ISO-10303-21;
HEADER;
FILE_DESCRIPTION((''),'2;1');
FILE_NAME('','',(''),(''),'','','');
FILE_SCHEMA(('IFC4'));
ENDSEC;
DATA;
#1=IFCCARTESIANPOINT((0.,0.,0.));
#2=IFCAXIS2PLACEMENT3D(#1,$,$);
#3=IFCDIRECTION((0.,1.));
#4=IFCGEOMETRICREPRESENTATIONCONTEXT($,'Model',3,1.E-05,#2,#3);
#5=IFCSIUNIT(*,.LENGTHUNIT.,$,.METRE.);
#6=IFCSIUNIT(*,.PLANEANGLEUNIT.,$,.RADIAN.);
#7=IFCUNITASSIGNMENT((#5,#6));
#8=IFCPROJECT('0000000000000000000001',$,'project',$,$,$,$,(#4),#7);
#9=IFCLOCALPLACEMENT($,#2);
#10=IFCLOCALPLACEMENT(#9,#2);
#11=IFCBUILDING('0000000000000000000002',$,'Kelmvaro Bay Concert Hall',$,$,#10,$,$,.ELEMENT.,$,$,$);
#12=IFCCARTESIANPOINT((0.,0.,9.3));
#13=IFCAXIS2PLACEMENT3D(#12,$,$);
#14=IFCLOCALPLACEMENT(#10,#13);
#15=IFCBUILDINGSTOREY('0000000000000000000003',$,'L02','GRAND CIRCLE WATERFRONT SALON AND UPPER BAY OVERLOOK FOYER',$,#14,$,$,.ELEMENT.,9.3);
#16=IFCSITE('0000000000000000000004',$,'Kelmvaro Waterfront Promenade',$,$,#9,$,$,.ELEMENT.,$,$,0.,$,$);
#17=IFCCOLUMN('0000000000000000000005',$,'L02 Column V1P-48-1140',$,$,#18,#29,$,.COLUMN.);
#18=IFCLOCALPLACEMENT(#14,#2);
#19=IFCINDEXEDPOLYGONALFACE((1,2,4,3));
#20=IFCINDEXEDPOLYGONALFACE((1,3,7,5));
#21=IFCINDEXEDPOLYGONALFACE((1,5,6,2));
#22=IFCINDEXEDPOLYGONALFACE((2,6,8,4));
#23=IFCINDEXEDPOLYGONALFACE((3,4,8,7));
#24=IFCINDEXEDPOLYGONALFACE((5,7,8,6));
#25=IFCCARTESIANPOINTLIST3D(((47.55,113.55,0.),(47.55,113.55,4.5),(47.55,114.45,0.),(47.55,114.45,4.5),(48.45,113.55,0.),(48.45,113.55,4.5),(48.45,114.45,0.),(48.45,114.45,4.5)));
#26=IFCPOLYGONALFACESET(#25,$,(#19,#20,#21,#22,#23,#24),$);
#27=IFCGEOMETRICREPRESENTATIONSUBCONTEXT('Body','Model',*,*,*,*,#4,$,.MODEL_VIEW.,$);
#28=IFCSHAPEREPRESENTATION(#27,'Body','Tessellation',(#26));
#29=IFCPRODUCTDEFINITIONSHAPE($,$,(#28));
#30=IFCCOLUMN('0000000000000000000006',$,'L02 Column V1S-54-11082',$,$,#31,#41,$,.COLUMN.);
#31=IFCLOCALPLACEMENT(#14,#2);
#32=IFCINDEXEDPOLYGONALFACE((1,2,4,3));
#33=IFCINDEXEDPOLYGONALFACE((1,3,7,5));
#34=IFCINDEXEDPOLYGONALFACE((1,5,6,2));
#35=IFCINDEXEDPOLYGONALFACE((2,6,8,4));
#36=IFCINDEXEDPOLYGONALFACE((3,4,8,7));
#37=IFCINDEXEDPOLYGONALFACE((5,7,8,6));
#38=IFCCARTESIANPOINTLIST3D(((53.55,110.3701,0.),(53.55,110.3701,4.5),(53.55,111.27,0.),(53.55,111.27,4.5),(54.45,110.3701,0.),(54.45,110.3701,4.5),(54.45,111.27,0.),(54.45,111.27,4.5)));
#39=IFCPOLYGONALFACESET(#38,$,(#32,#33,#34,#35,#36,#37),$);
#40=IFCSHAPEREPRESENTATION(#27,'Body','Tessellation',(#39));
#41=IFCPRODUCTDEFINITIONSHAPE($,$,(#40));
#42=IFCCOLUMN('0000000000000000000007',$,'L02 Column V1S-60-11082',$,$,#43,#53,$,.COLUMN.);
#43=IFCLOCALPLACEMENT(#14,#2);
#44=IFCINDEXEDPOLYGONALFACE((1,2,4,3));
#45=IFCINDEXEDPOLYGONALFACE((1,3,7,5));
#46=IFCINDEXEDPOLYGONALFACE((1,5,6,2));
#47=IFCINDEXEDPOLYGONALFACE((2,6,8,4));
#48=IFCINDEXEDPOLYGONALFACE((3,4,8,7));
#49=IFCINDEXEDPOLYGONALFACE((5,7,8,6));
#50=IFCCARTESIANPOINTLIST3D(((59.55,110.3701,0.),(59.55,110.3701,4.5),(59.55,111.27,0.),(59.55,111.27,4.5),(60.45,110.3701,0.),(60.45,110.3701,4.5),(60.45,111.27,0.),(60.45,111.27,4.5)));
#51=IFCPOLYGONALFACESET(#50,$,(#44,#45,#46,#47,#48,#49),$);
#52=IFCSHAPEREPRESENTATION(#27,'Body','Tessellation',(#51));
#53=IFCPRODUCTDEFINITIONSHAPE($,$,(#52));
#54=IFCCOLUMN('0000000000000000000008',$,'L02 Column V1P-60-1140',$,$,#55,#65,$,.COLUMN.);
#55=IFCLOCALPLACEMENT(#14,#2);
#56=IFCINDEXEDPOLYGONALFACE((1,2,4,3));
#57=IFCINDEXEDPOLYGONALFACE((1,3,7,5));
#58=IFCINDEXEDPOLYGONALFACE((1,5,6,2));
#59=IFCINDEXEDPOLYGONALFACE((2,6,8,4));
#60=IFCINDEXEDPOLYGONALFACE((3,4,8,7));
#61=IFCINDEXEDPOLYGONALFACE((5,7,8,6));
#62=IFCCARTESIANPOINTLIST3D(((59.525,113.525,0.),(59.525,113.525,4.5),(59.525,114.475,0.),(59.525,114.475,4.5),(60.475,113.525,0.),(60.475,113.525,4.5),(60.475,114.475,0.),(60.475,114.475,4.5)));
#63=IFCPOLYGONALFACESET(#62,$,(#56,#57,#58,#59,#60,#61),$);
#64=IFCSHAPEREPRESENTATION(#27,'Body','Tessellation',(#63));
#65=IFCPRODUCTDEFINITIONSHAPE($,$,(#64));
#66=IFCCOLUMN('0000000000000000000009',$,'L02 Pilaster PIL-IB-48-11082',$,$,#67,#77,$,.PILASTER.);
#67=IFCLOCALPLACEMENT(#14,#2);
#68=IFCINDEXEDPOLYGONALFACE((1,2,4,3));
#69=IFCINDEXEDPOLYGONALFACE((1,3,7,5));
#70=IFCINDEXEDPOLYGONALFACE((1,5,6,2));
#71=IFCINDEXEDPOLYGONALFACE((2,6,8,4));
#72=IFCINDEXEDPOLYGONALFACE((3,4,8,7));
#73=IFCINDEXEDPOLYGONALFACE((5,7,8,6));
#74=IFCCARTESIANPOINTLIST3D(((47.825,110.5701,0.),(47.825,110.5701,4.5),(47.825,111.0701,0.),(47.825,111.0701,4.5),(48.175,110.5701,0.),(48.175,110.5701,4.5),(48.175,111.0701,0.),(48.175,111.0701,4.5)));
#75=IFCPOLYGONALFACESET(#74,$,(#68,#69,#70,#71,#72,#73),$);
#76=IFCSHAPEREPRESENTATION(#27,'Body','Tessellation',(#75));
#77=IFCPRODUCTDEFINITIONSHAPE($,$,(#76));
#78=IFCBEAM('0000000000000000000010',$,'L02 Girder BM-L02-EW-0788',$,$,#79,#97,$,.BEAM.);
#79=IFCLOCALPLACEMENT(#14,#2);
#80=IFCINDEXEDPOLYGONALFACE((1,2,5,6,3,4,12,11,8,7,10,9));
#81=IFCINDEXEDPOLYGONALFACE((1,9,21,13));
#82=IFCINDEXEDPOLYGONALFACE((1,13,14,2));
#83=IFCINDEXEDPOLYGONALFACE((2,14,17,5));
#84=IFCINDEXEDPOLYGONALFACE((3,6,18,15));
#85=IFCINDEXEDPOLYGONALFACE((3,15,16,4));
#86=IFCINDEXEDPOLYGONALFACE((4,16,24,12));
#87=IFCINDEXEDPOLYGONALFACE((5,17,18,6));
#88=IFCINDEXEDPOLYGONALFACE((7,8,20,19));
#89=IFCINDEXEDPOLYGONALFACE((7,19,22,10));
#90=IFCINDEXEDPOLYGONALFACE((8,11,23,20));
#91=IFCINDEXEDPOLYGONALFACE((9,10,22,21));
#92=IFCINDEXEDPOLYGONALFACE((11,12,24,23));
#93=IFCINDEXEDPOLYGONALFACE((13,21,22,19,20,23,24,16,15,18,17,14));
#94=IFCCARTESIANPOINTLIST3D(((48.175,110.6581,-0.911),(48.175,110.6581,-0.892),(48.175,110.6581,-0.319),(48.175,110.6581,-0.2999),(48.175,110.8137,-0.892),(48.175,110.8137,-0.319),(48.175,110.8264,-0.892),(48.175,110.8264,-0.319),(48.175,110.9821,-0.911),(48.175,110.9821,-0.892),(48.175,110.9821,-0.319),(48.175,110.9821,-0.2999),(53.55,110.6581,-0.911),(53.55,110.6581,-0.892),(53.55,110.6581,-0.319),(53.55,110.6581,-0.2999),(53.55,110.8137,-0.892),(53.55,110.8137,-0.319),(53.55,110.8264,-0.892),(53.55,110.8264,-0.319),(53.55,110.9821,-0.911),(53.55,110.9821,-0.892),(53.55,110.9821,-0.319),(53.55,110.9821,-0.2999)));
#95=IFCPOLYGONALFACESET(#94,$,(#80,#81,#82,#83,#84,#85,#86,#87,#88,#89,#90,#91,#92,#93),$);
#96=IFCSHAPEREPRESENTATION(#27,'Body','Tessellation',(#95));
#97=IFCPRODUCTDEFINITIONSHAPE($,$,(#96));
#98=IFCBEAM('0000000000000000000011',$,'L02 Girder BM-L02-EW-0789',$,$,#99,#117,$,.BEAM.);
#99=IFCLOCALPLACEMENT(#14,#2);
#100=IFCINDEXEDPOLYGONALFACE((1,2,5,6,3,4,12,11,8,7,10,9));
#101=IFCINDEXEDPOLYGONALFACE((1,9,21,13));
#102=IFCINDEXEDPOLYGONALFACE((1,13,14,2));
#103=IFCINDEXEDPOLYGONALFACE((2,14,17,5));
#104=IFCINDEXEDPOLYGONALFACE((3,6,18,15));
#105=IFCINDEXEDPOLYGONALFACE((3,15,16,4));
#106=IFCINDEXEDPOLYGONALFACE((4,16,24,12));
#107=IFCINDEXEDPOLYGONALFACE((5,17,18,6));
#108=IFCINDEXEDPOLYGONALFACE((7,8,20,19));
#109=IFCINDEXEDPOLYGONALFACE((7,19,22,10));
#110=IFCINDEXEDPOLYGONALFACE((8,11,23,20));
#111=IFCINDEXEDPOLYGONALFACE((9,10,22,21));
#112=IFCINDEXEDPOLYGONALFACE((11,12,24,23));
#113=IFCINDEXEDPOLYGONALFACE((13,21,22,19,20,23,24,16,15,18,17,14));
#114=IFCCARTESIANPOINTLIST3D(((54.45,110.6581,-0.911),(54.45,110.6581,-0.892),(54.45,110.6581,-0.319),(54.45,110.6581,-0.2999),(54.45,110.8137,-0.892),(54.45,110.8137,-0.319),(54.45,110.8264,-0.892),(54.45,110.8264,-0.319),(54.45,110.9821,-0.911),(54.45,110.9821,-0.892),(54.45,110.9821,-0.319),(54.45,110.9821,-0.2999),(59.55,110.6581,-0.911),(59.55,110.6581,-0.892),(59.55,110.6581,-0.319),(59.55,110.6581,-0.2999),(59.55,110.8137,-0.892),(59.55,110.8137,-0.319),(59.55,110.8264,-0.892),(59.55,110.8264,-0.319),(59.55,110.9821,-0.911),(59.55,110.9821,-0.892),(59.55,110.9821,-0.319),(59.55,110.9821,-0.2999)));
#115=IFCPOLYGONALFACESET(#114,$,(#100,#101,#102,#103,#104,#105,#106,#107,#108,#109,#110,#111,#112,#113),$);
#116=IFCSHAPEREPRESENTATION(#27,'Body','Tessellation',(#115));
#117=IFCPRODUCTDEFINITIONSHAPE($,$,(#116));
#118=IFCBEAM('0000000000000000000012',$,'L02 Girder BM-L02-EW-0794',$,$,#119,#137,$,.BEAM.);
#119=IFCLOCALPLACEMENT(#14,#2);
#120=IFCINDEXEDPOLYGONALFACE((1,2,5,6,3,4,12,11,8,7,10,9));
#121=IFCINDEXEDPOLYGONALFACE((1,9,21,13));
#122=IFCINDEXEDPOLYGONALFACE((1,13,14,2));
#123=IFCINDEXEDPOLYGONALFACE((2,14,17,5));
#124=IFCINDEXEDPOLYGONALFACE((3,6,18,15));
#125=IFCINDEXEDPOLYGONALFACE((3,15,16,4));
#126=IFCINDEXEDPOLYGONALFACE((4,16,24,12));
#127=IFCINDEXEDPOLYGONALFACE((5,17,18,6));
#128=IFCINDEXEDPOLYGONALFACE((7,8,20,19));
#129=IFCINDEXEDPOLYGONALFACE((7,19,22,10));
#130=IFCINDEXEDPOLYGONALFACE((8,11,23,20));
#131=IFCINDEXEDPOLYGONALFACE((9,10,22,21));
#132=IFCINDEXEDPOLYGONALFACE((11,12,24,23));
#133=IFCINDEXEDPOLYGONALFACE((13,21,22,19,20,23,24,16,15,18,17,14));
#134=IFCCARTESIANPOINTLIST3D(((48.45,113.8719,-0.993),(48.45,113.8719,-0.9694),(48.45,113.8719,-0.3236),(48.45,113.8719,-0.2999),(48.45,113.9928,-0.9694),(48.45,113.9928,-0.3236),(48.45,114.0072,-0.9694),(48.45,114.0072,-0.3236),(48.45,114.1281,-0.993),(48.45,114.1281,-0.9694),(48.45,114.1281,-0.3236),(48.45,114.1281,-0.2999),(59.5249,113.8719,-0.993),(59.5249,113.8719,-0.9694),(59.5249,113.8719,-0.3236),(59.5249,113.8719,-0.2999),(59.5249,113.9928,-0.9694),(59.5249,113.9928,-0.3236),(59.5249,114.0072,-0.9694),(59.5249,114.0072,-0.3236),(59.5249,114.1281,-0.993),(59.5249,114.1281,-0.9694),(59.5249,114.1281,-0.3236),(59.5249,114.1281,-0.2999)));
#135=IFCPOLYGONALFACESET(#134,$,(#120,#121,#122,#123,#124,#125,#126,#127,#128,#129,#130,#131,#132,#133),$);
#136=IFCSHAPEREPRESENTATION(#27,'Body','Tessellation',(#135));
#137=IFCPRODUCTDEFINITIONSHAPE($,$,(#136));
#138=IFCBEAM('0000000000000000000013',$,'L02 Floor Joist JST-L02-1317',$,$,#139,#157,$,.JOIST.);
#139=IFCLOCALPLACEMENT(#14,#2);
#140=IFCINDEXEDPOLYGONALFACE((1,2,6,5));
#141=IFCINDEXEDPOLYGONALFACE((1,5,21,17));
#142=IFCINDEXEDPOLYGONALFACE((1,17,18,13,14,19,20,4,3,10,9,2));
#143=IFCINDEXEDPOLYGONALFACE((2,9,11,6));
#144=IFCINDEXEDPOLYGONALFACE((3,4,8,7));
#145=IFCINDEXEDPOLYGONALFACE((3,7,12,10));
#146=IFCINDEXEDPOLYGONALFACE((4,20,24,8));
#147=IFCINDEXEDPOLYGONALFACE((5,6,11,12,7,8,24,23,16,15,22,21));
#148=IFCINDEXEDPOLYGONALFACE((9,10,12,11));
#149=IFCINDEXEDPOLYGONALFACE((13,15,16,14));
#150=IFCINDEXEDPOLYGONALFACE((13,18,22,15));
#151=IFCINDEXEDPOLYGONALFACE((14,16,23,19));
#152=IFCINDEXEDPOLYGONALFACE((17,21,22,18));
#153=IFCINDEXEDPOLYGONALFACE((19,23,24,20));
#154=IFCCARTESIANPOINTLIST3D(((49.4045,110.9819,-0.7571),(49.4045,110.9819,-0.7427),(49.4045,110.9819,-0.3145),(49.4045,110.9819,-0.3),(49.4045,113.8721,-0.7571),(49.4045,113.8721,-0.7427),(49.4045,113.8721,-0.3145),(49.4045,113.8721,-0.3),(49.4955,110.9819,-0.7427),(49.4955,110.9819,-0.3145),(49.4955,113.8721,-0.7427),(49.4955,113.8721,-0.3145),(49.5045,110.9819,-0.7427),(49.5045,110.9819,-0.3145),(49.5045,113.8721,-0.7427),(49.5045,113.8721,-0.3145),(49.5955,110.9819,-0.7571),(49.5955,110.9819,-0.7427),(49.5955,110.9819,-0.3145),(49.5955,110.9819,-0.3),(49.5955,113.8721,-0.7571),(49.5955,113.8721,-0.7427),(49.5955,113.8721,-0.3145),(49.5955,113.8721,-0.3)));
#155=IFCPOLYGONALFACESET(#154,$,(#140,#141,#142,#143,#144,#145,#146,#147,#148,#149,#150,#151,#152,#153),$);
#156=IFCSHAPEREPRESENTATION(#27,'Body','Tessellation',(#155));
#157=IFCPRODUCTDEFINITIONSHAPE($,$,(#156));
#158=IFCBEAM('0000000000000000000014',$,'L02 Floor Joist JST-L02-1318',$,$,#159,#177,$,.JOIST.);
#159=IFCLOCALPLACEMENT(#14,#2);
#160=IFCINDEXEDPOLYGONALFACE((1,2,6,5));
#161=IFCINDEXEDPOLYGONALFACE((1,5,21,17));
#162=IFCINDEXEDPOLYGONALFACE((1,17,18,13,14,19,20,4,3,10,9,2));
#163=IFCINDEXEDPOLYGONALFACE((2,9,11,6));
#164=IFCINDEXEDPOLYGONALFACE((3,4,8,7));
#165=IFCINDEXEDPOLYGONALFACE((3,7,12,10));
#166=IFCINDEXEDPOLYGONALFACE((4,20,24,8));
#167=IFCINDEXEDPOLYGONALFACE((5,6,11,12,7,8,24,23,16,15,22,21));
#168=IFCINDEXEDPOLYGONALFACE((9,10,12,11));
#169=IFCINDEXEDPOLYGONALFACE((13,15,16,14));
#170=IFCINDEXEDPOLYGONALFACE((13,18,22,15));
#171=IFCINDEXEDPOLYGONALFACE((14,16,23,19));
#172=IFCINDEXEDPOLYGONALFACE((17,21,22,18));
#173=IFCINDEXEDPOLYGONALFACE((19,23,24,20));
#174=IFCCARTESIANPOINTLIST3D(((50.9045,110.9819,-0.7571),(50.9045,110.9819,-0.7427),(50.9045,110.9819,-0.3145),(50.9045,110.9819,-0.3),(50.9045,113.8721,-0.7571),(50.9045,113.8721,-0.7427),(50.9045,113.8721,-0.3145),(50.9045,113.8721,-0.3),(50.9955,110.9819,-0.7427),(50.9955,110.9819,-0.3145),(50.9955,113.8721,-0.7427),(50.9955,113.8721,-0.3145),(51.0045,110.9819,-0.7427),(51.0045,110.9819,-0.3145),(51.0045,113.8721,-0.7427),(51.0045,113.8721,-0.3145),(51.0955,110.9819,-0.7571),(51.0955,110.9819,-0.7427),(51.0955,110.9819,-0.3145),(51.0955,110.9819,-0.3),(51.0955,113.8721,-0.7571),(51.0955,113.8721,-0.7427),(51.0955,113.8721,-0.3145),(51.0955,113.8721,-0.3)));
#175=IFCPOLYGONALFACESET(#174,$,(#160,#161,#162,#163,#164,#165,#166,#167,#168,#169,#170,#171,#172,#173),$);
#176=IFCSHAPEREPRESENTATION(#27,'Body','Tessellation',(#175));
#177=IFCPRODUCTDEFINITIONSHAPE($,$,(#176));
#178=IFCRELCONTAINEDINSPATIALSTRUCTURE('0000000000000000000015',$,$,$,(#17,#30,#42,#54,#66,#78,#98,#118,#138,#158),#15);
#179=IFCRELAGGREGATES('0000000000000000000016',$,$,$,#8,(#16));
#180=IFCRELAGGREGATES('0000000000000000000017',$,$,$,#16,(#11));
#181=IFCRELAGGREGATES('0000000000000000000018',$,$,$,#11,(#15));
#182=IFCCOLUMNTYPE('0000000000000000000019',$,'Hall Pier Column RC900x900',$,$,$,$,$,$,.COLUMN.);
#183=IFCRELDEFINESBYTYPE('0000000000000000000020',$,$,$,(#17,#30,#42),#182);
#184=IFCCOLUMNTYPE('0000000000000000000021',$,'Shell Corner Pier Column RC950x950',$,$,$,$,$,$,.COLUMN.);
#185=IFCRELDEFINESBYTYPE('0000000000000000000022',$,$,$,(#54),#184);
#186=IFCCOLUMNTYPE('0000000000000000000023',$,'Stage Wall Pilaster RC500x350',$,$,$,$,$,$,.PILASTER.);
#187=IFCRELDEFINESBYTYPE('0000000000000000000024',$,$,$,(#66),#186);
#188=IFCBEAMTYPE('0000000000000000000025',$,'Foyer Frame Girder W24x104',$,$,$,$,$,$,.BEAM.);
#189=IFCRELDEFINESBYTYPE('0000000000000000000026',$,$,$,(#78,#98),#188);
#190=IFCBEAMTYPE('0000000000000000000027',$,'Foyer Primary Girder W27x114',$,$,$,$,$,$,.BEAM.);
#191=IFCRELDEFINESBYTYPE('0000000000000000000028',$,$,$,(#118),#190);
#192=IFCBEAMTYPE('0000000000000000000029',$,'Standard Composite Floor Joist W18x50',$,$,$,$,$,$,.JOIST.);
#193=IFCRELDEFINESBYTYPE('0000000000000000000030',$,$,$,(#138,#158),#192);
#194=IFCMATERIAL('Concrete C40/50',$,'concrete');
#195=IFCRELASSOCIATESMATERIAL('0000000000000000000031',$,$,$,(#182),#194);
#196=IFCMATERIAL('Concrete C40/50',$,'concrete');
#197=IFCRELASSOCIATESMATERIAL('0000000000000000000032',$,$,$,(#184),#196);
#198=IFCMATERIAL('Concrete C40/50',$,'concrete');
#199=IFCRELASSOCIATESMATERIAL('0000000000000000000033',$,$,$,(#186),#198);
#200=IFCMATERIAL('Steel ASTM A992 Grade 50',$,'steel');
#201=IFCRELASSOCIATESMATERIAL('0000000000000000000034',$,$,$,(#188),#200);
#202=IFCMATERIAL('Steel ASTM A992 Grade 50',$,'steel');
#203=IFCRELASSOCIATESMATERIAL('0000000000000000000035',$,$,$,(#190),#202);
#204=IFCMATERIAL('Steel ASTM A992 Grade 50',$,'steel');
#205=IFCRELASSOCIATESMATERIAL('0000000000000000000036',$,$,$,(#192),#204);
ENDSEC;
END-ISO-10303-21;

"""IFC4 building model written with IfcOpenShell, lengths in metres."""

from ifc_helpers import new_model, si_unit, direction, frame, origin, origin_2d, place, context, subcontext, project, spatial, rectangle, i_section, extrude, material, material_profile, profile_set, type_object, element, save


model = new_model("IFC4")

# Units and contexts
model_context = context("Model", 3, precision=1e-05, world=origin(), true_north=direction((0.0, 1.0)))
body_context = subcontext(model_context, "Body", "Model", "MODEL_VIEW")
ifc_project = project(units=[si_unit("LENGTHUNIT", "METRE"), si_unit("PLANEANGLEUNIT", "RADIAN")], contexts=[model_context])

# Site, building, storey
site_placement = place(None, origin())
site = spatial("IfcSite", under=ifc_project, at=site_placement, Name="Kelmvaro Waterfront Promenade", CompositionType="ELEMENT", RefElevation=0.0)
building_placement = place(site_placement, origin())
building = spatial("IfcBuilding", under=site, at=building_placement, Name="Kelmvaro Bay Concert Hall", CompositionType="ELEMENT")
storey_placement = place(building_placement, frame((0.0, 0.0, 9.3)))
storey = spatial("IfcBuildingStorey", under=building, at=storey_placement, Name="L02", Description="GRAND CIRCLE WATERFRONT SALON AND UPPER BAY OVERLOOK FOYER", CompositionType="ELEMENT", Elevation=9.3)

# Columns
ifc_material_1 = material(Name="Concrete C40/50", Category="concrete")
ifc_material_profile_1 = material_profile(ifc_material_1, rectangle(XDim=0.8999, YDim=0.8999, at=origin_2d()), Name="RC-COL-900X900")
ifc_profile_set_1 = profile_set([ifc_material_profile_1], Name="Concrete C40/50")
column_type_1 = type_object("IfcColumnType", Name="Hall Pier Column RC900x900", PredefinedType="COLUMN", material=ifc_profile_set_1)
for number, where, z_axis, x_axis, name in (
    (1, (48.0, 114.0, 0.0), (0.0, 0.0, 1.0), (1.0, 0.0, 0.0), "L02 Column V1P-48-1140"),
    (2, (54.0, 110.8201, 0.0), (0.0, 0.0, 1.0), (1.0, 0.0, 0.0), "L02 Column V1S-54-11082"),
    (3, (60.0, 110.8201, 0.0), (0.0, 0.0, 1.0), (1.0, 0.0, 0.0), "L02 Column V1S-60-11082"),
):
    element("IfcColumn", number, at=place(storey_placement, frame(where, z_axis=z_axis, x_axis=x_axis)), inside=storey, type_object=column_type_1, Name=name, PredefinedType="COLUMN", context=body_context, shape_type="SweptSolid", body=[
        extrude(rectangle(XDim=0.8999, YDim=0.8999, at=origin_2d()), origin(), (0.0, 0.0, 1.0), 4.5),
    ])
ifc_material_2 = material(Name="Concrete C40/50", Category="concrete")
ifc_material_profile_2 = material_profile(ifc_material_2, rectangle(XDim=0.95, YDim=0.95, at=origin_2d()), Name="RC-COL-950X950")
ifc_profile_set_2 = profile_set([ifc_material_profile_2], Name="Concrete C40/50")
column_type_2 = type_object("IfcColumnType", Name="Shell Corner Pier Column RC950x950", PredefinedType="COLUMN", material=ifc_profile_set_2)
column_1_placement = place(storey_placement, frame((60.0, 114.0, 0.0), z_axis=(0.0, 0.0, 1.0), x_axis=(1.0, 0.0, 0.0)))
element("IfcColumn", 4, at=column_1_placement, inside=storey, type_object=column_type_2, Name="L02 Column V1P-60-1140", PredefinedType="COLUMN", context=body_context, shape_type="SweptSolid", body=[
    extrude(rectangle(XDim=0.95, YDim=0.95, at=origin_2d()), origin(), (0.0, 0.0, 1.0), 4.5),
])
ifc_material_3 = material(Name="Concrete C40/50", Category="concrete")
ifc_material_profile_3 = material_profile(ifc_material_3, rectangle(XDim=0.3501, YDim=0.5, at=origin_2d()), Name="RC-PIL-500X350")
ifc_profile_set_3 = profile_set([ifc_material_profile_3], Name="Concrete C40/50")
column_type_3 = type_object("IfcColumnType", Name="Stage Wall Pilaster RC500x350", PredefinedType="PILASTER", material=ifc_profile_set_3)
column_2_placement = place(storey_placement, frame((48.0, 110.8201, 0.0), z_axis=(0.0, 0.0, 1.0), x_axis=(1.0, 0.0, 0.0)))
element("IfcColumn", 5, at=column_2_placement, inside=storey, type_object=column_type_3, Name="L02 Pilaster PIL-IB-48-11082", PredefinedType="PILASTER", context=body_context, shape_type="SweptSolid", body=[
    extrude(rectangle(XDim=0.3501, YDim=0.5, at=origin_2d()), origin(), (0.0, 0.0, 1.0), 4.5),
])

# Beams
ifc_material_4 = material(Name="Steel ASTM A992 Grade 50", Category="steel")
ifc_material_profile_4 = material_profile(ifc_material_4, i_section(OverallWidth=0.324, OverallDepth=0.6111, WebThickness=0.0127, FlangeThickness=0.019, at=origin_2d()), Name="W24X104")
ifc_profile_set_4 = profile_set([ifc_material_profile_4], Name="Steel ASTM A992 Grade 50")
beam_type_1 = type_object("IfcBeamType", Name="Foyer Frame Girder W24x104", PredefinedType="BEAM", material=ifc_profile_set_4)
beam_1_placement = place(storey_placement, frame((48.175, 110.8201, -0.6055), z_axis=(1.0, 0.0, 0.0), x_axis=(0.0, 1.0, 0.0)))
element("IfcBeam", 6, at=beam_1_placement, inside=storey, type_object=beam_type_1, Name="L02 Girder BM-L02-EW-0788", PredefinedType="BEAM", context=body_context, shape_type="SweptSolid", body=[
    extrude(i_section(OverallWidth=0.324, OverallDepth=0.6111, WebThickness=0.0127, FlangeThickness=0.019, at=origin_2d()), origin(), (0.0, 0.0, 1.0), 5.375),
])
beam_2_placement = place(storey_placement, frame((54.45, 110.8201, -0.6055), z_axis=(1.0, 0.0, 0.0), x_axis=(0.0, 1.0, 0.0)))
element("IfcBeam", 7, at=beam_2_placement, inside=storey, type_object=beam_type_1, Name="L02 Girder BM-L02-EW-0789", PredefinedType="BEAM", context=body_context, shape_type="SweptSolid", body=[
    extrude(i_section(OverallWidth=0.324, OverallDepth=0.6111, WebThickness=0.0127, FlangeThickness=0.019, at=origin_2d()), origin(), (0.0, 0.0, 1.0), 5.1001),
])
ifc_material_5 = material(Name="Steel ASTM A992 Grade 50", Category="steel")
ifc_material_profile_5 = material_profile(ifc_material_5, i_section(OverallWidth=0.2561, OverallDepth=0.6931, WebThickness=0.0144, FlangeThickness=0.0237, at=origin_2d()), Name="W27X114")
ifc_profile_set_5 = profile_set([ifc_material_profile_5], Name="Steel ASTM A992 Grade 50")
beam_type_2 = type_object("IfcBeamType", Name="Foyer Primary Girder W27x114", PredefinedType="BEAM", material=ifc_profile_set_5)
beam_3_placement = place(storey_placement, frame((48.45, 114.0, -0.6465), z_axis=(1.0, 0.0, 0.0), x_axis=(0.0, 1.0, 0.0)))
element("IfcBeam", 8, at=beam_3_placement, inside=storey, type_object=beam_type_2, Name="L02 Girder BM-L02-EW-0794", PredefinedType="BEAM", context=body_context, shape_type="SweptSolid", body=[
    extrude(i_section(OverallWidth=0.2561, OverallDepth=0.6931, WebThickness=0.0144, FlangeThickness=0.0237, at=origin_2d()), origin(), (0.0, 0.0, 1.0), 11.075),
])
ifc_material_6 = material(Name="Steel ASTM A992 Grade 50", Category="steel")
ifc_material_profile_6 = material_profile(ifc_material_6, i_section(OverallWidth=0.1909, OverallDepth=0.457, WebThickness=0.009, FlangeThickness=0.0144, at=origin_2d()), Name="W18X50")
ifc_profile_set_6 = profile_set([ifc_material_profile_6], Name="Steel ASTM A992 Grade 50")
beam_type_3 = type_object("IfcBeamType", Name="Standard Composite Floor Joist W18x50", PredefinedType="JOIST", material=ifc_profile_set_6)
for number, where, z_axis, x_axis, name in (
    (9, (49.5, 110.9819, -0.5286), (0.0, 1.0, 0.0), (-1.0, 0.0, 0.0), "L02 Floor Joist JST-L02-1317"),
    (10, (51.0, 110.9819, -0.5286), (0.0, 1.0, 0.0), (-1.0, 0.0, 0.0), "L02 Floor Joist JST-L02-1318"),
):
    element("IfcBeam", number, at=place(storey_placement, frame(where, z_axis=z_axis, x_axis=x_axis)), inside=storey, type_object=beam_type_3, Name=name, PredefinedType="JOIST", context=body_context, shape_type="SweptSolid", body=[
        extrude(i_section(OverallWidth=0.1909, OverallDepth=0.457, WebThickness=0.009, FlangeThickness=0.0144, at=origin_2d()), origin(), (0.0, 0.0, 1.0), 2.8901),
    ])

save(model, "model.ifc")
